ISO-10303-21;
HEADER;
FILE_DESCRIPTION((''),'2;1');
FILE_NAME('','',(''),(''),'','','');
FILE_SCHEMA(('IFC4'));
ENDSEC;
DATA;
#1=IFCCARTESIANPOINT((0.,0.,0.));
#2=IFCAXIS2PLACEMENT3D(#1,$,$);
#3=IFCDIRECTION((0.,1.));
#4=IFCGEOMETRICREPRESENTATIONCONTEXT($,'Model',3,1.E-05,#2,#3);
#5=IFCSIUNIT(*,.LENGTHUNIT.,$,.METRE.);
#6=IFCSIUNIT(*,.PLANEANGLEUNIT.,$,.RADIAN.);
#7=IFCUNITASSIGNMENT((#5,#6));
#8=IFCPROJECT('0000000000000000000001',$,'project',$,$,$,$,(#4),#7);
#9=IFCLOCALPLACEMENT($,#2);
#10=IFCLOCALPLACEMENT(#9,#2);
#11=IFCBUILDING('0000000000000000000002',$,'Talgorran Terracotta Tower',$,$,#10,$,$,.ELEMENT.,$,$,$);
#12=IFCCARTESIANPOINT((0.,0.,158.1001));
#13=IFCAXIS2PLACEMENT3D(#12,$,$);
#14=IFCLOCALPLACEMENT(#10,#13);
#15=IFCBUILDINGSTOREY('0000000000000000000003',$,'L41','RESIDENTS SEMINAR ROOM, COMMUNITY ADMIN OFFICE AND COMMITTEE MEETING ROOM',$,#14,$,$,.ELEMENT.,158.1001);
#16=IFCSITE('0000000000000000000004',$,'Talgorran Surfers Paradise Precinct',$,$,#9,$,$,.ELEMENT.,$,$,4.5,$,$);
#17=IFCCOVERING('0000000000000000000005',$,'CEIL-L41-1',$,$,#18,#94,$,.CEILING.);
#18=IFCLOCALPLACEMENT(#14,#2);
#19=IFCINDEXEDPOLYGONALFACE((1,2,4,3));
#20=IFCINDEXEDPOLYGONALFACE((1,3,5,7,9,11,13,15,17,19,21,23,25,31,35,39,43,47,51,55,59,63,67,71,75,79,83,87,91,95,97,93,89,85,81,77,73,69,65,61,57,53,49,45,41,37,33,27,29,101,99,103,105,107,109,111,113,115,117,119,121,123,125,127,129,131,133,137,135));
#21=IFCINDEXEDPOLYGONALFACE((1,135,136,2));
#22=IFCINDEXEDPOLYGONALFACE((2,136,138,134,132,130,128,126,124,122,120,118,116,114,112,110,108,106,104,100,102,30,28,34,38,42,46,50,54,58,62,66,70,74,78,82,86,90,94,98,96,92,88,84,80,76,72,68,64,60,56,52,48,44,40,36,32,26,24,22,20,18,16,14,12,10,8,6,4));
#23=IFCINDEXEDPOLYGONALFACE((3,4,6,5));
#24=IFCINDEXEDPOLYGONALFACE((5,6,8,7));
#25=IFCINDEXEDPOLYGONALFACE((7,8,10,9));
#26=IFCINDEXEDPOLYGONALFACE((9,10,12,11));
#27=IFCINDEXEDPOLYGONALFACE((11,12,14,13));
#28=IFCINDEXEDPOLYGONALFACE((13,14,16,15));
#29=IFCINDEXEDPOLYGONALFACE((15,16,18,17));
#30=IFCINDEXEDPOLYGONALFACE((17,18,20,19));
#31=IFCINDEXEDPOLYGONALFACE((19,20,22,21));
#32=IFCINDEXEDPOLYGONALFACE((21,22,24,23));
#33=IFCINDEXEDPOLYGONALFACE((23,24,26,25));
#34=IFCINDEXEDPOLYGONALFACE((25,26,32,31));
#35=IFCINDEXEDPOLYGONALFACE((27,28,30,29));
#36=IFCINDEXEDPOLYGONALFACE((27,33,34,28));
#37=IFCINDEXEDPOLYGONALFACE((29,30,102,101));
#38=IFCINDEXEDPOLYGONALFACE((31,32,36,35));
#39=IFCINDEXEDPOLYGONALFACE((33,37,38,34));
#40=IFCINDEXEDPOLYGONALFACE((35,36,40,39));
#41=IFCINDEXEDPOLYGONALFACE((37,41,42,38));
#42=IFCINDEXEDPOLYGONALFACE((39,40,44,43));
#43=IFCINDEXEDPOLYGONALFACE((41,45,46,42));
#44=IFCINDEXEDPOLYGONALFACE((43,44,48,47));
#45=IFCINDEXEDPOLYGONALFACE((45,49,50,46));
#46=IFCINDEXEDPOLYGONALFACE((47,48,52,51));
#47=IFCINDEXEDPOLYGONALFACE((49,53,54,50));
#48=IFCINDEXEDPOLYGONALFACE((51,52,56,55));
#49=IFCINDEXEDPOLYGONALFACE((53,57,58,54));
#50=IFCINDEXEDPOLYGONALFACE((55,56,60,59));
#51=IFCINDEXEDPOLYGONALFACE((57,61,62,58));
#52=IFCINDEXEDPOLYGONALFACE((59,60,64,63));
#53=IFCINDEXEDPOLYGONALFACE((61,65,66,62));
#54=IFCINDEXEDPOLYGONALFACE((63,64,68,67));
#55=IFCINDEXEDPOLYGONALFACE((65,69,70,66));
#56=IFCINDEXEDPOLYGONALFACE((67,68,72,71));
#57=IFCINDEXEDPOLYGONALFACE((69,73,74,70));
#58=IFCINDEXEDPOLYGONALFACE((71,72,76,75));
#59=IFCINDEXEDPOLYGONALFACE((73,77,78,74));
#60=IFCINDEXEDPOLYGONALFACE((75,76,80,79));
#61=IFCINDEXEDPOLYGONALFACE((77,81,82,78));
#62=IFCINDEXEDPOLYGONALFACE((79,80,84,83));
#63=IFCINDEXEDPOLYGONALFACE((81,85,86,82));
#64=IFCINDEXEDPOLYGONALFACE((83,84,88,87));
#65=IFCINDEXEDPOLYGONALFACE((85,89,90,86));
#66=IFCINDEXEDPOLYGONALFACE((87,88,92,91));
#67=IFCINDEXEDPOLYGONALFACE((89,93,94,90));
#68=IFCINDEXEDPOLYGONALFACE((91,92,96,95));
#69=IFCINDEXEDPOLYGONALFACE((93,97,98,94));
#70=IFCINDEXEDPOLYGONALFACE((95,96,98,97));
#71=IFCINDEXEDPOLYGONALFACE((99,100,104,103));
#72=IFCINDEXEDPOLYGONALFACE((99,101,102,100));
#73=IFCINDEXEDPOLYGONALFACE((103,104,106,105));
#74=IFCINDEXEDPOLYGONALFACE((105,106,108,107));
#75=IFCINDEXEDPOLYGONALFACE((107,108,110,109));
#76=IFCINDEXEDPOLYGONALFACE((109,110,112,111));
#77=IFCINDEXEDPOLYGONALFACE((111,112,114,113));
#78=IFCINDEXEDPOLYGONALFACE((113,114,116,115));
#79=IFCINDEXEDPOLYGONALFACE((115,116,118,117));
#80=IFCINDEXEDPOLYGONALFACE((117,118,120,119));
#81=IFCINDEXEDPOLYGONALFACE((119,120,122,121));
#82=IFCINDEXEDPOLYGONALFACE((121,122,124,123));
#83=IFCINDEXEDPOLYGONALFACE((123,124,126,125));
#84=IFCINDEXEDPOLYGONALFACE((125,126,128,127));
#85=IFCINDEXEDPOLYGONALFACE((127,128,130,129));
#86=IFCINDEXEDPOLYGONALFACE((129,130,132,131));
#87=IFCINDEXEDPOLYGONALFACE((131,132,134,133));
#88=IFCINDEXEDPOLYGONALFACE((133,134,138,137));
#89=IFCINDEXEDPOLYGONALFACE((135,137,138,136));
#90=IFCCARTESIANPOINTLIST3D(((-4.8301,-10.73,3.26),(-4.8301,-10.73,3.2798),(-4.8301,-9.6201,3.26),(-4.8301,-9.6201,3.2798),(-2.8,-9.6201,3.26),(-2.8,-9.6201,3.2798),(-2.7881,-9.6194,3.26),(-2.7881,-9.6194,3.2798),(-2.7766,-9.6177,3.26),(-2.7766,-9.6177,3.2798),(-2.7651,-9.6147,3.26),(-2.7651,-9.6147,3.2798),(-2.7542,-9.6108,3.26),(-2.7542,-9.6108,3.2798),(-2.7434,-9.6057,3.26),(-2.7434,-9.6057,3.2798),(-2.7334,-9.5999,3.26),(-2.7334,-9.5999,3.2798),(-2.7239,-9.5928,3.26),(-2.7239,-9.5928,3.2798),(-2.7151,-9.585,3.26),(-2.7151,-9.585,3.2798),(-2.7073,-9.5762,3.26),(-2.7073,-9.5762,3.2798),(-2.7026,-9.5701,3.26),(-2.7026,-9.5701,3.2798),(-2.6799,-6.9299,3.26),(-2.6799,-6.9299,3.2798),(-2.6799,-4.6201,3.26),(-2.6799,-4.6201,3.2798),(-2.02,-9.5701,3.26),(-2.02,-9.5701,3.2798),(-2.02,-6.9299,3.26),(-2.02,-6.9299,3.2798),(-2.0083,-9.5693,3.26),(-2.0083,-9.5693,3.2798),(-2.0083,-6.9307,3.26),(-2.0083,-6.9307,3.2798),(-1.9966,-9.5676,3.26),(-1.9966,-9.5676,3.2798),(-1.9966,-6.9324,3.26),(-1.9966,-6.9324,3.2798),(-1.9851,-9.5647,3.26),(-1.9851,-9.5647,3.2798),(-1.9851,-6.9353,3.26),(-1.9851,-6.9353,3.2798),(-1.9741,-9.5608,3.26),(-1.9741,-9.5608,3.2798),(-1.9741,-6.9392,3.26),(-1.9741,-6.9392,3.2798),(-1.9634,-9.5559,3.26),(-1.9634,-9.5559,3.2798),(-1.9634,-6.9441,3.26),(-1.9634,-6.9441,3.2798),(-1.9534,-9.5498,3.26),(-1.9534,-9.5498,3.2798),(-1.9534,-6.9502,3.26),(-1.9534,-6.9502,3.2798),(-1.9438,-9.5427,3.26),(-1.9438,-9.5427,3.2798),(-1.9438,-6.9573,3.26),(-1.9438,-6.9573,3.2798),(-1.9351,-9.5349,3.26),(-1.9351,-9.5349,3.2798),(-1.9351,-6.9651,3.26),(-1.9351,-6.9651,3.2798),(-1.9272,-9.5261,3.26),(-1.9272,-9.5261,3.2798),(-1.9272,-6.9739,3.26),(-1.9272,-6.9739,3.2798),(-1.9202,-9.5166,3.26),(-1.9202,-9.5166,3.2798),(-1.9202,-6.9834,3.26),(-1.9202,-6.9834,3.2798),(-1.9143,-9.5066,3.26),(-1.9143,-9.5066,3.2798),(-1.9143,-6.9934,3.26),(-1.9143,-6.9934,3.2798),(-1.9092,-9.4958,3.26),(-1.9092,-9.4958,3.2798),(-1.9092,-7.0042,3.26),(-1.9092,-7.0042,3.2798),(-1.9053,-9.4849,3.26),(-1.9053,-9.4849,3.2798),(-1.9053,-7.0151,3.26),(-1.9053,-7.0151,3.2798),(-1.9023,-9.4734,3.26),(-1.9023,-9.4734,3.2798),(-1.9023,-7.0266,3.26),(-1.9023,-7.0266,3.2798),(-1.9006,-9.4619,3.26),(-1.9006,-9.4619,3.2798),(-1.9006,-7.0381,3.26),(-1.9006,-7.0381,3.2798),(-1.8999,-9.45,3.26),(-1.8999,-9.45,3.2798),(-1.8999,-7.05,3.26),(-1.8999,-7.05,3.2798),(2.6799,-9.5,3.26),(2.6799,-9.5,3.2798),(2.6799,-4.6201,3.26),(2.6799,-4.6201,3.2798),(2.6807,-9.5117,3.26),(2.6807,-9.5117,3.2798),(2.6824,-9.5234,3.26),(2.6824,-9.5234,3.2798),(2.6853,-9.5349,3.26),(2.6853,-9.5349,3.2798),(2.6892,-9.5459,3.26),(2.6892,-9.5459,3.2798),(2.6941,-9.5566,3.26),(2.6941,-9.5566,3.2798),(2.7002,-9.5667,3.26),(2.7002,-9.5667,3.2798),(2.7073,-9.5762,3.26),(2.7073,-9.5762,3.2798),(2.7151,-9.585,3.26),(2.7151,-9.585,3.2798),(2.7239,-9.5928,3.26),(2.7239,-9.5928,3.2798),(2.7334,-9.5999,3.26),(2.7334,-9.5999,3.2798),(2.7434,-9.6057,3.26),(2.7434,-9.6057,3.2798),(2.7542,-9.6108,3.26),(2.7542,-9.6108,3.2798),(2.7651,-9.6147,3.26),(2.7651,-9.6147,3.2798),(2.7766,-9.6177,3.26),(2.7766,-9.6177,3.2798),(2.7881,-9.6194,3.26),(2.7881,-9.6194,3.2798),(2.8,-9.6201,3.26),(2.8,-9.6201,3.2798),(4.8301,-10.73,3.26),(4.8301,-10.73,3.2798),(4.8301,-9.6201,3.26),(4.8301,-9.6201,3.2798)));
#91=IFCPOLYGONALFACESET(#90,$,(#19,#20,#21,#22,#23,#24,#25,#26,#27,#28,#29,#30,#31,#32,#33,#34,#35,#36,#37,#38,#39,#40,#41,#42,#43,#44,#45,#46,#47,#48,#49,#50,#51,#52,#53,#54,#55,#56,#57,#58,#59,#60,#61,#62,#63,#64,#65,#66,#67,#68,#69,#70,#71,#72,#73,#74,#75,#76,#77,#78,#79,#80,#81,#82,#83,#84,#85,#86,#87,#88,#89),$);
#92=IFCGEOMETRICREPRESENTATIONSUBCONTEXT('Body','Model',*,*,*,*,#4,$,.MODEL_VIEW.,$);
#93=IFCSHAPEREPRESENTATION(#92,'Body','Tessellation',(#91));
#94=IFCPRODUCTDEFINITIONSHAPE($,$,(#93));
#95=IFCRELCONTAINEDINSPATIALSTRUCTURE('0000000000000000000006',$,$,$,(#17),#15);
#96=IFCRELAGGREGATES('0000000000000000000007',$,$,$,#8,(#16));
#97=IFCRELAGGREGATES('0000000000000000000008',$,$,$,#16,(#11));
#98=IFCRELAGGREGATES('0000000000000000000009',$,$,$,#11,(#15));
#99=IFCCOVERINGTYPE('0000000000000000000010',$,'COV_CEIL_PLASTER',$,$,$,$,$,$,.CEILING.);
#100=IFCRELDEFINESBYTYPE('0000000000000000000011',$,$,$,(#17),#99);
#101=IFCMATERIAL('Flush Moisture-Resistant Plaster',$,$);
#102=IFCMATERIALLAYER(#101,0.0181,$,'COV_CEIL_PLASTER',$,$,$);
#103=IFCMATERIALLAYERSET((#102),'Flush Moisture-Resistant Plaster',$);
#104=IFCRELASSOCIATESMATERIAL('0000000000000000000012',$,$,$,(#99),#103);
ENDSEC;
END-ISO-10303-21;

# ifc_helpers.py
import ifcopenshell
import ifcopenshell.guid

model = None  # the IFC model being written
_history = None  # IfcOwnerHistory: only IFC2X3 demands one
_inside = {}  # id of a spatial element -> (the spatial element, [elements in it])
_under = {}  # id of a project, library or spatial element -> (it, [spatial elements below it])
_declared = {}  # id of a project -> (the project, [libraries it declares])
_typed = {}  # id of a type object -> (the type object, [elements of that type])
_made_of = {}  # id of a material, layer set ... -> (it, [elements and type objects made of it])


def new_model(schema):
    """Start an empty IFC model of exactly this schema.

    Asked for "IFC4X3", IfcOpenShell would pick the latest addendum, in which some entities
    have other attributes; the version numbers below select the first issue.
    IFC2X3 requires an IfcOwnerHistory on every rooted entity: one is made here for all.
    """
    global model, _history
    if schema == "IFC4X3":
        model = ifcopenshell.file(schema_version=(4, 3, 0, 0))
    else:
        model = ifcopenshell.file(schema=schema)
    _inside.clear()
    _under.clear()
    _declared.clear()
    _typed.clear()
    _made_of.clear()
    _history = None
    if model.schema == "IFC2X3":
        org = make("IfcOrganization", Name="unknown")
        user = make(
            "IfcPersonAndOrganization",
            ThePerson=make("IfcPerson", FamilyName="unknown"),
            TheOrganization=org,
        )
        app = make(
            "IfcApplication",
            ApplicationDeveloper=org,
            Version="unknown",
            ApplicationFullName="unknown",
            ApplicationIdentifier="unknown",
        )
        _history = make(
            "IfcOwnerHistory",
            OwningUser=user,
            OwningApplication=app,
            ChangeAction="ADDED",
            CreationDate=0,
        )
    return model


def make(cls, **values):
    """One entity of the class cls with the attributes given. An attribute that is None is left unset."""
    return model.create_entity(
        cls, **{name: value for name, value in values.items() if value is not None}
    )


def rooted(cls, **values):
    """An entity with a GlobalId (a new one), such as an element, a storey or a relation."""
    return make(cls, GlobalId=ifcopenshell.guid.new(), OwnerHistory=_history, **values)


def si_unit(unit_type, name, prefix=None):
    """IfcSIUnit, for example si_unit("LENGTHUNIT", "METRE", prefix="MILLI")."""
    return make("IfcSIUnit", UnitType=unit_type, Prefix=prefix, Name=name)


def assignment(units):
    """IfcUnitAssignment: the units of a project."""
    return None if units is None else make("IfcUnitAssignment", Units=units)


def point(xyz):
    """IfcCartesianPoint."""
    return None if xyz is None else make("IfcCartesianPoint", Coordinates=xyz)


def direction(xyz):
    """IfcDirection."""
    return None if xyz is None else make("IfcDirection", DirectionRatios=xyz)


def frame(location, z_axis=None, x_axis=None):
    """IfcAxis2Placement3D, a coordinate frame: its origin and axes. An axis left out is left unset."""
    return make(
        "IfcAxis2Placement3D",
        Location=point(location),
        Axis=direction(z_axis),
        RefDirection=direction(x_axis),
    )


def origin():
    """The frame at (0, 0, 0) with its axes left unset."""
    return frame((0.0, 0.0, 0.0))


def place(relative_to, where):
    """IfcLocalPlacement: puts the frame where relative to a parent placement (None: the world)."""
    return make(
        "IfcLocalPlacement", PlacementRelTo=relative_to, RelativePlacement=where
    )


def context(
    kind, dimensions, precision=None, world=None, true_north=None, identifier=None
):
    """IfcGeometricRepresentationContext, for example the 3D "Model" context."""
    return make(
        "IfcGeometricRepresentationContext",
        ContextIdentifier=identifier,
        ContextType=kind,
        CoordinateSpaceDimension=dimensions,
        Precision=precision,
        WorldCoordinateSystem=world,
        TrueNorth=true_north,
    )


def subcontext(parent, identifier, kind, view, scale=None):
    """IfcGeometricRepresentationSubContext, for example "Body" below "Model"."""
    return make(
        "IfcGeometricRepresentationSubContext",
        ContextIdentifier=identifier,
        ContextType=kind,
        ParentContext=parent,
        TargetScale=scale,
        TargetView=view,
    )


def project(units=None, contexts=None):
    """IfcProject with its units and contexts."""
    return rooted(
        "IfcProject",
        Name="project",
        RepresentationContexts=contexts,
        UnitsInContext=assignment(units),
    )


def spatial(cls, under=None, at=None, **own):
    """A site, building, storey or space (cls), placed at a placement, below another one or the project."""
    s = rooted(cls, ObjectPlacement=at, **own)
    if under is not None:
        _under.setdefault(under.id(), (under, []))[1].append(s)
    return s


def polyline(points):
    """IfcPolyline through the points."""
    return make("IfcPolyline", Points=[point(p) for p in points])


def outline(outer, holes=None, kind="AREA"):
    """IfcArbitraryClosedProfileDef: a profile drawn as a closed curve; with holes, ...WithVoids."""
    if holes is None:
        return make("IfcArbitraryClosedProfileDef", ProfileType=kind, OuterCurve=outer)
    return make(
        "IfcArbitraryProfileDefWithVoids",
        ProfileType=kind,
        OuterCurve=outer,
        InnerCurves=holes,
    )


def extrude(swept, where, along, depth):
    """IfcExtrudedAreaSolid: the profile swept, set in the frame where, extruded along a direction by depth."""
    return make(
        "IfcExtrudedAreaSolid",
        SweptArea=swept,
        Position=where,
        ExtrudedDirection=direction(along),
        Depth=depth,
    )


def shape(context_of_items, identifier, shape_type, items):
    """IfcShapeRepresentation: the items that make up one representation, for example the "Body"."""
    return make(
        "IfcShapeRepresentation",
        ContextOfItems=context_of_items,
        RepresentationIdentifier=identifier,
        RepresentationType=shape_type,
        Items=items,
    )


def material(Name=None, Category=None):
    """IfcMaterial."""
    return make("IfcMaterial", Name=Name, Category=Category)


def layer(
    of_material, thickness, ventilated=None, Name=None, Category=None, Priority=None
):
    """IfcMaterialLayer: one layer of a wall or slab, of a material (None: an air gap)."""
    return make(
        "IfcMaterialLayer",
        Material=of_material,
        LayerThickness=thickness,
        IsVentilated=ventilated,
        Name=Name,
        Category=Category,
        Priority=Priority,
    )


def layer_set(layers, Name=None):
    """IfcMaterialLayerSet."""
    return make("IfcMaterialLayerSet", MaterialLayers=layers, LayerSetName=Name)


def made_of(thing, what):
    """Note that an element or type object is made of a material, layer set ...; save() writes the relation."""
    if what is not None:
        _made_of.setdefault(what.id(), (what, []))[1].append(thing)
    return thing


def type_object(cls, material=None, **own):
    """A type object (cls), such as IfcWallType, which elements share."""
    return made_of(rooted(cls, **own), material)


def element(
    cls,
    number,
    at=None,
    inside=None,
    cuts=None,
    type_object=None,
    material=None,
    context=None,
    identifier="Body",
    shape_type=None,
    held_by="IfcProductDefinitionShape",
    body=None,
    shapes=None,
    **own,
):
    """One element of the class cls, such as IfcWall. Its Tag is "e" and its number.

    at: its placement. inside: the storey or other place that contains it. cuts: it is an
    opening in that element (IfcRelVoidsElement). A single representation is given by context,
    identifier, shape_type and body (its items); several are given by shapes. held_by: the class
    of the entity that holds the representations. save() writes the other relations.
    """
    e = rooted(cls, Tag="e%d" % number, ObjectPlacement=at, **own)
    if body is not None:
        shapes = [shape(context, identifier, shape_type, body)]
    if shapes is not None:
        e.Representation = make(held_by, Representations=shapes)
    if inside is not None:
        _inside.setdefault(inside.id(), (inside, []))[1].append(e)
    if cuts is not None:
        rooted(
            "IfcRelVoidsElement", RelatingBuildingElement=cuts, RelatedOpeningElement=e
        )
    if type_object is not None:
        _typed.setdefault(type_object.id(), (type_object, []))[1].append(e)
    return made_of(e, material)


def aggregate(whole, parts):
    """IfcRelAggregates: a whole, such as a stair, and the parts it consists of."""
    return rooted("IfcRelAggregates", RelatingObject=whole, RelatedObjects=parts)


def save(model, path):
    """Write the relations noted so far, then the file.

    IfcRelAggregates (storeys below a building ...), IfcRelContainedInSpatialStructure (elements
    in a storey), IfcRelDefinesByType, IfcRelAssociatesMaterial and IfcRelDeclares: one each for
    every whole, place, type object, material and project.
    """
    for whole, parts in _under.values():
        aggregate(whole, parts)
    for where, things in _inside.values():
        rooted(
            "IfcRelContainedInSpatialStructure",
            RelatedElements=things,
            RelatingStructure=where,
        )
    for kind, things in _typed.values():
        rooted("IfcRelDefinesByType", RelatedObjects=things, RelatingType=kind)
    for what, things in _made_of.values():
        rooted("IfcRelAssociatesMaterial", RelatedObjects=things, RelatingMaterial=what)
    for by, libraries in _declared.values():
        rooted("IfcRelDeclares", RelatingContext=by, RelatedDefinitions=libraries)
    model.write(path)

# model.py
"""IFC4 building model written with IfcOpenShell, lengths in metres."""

from ifc_helpers import new_model, si_unit, direction, frame, origin, place, context, subcontext, project, spatial, polyline, outline, extrude, material, layer, layer_set, type_object, element, save


model = new_model("IFC4")

# Units and contexts
model_context = context("Model", 3, precision=1e-05, world=origin(), true_north=direction((0.0, 1.0)))
body_context = subcontext(model_context, "Body", "Model", "MODEL_VIEW")
ifc_project = project(units=[si_unit("LENGTHUNIT", "METRE"), si_unit("PLANEANGLEUNIT", "RADIAN")], contexts=[model_context])

# Site, building, storey
site_placement = place(None, origin())
site = spatial("IfcSite", under=ifc_project, at=site_placement, Name="Talgorran Surfers Paradise Precinct", CompositionType="ELEMENT", RefElevation=4.5)
building_placement = place(site_placement, origin())
building = spatial("IfcBuilding", under=site, at=building_placement, Name="Talgorran Terracotta Tower", CompositionType="ELEMENT")
storey_placement = place(building_placement, frame((0.0, 0.0, 158.1001)))
storey = spatial("IfcBuildingStorey", under=building, at=storey_placement, Name="L41", Description="RESIDENTS SEMINAR ROOM, COMMUNITY ADMIN OFFICE AND COMMITTEE MEETING ROOM", CompositionType="ELEMENT", Elevation=158.1001)

# Covering
ifc_material_1 = material(Name="Flush Moisture-Resistant Plaster")
ifc_layer_1 = layer(ifc_material_1, 0.0181, Name="COV_CEIL_PLASTER")
ifc_layer_set_1 = layer_set([ifc_layer_1], Name="Flush Moisture-Resistant Plaster")
covering_type_1 = type_object("IfcCoveringType", Name="COV_CEIL_PLASTER", PredefinedType="CEILING", material=ifc_layer_set_1)
covering_1_placement = place(storey_placement, frame((0.0, 0.0, 3.26)))
element("IfcCovering", 1, at=covering_1_placement, inside=storey, type_object=covering_type_1, Name="CEIL-L41-1", PredefinedType="CEILING", context=body_context, shape_type="SweptSolid", body=[
    extrude(outline(polyline([(-2.7026, -9.5701), (-2.02, -9.5701), (-2.0083, -9.5693), (-1.9966, -9.5676), (-1.9851, -9.5647), (-1.9741, -9.5608), (-1.9634, -9.5559), (-1.9534, -9.5498), (-1.9438, -9.5427), (-1.9351, -9.5349), (-1.9272, -9.5261), (-1.9202, -9.5166), (-1.9143, -9.5066), (-1.9092, -9.4958), (-1.9053, -9.4849), (-1.9023, -9.4734), (-1.9006, -9.4619), (-1.8999, -9.45), (-1.8999, -7.05), (-1.9006, -7.0381), (-1.9023, -7.0266), (-1.9053, -7.0151), (-1.9092, -7.0042), (-1.9143, -6.9934), (-1.9202, -6.9834), (-1.9272, -6.9739), (-1.9351, -6.9651), (-1.9438, -6.9573), (-1.9534, -6.9502), (-1.9634, -6.9441), (-1.9741, -6.9392), (-1.9851, -6.9353), (-1.9966, -6.9324), (-2.0083, -6.9307), (-2.02, -6.9299), (-2.6799, -6.9299), (-2.6799, -4.6201), (2.6799, -4.6201), (2.6799, -9.5), (2.6807, -9.5117), (2.6824, -9.5234), (2.6853, -9.5349), (2.6892, -9.5459), (2.6941, -9.5566), (2.7002, -9.5667), (2.7073, -9.5762), (2.7151, -9.585), (2.7239, -9.5928), (2.7334, -9.5999), (2.7434, -9.6057), (2.7542, -9.6108), (2.7651, -9.6147), (2.7766, -9.6177), (2.7881, -9.6194), (2.8, -9.6201), (4.8301, -9.6201), (4.8301, -10.73), (-4.8301, -10.73), (-4.8301, -9.6201), (-2.8, -9.6201), (-2.7881, -9.6194), (-2.7766, -9.6177), (-2.7651, -9.6147), (-2.7542, -9.6108), (-2.7434, -9.6057), (-2.7334, -9.5999), (-2.7239, -9.5928), (-2.7151, -9.585), (-2.7073, -9.5762), (-2.7026, -9.5701)])), origin(), (0.0, 0.0, 1.0), 0.0198),
])

save(model, "model.ifc")
